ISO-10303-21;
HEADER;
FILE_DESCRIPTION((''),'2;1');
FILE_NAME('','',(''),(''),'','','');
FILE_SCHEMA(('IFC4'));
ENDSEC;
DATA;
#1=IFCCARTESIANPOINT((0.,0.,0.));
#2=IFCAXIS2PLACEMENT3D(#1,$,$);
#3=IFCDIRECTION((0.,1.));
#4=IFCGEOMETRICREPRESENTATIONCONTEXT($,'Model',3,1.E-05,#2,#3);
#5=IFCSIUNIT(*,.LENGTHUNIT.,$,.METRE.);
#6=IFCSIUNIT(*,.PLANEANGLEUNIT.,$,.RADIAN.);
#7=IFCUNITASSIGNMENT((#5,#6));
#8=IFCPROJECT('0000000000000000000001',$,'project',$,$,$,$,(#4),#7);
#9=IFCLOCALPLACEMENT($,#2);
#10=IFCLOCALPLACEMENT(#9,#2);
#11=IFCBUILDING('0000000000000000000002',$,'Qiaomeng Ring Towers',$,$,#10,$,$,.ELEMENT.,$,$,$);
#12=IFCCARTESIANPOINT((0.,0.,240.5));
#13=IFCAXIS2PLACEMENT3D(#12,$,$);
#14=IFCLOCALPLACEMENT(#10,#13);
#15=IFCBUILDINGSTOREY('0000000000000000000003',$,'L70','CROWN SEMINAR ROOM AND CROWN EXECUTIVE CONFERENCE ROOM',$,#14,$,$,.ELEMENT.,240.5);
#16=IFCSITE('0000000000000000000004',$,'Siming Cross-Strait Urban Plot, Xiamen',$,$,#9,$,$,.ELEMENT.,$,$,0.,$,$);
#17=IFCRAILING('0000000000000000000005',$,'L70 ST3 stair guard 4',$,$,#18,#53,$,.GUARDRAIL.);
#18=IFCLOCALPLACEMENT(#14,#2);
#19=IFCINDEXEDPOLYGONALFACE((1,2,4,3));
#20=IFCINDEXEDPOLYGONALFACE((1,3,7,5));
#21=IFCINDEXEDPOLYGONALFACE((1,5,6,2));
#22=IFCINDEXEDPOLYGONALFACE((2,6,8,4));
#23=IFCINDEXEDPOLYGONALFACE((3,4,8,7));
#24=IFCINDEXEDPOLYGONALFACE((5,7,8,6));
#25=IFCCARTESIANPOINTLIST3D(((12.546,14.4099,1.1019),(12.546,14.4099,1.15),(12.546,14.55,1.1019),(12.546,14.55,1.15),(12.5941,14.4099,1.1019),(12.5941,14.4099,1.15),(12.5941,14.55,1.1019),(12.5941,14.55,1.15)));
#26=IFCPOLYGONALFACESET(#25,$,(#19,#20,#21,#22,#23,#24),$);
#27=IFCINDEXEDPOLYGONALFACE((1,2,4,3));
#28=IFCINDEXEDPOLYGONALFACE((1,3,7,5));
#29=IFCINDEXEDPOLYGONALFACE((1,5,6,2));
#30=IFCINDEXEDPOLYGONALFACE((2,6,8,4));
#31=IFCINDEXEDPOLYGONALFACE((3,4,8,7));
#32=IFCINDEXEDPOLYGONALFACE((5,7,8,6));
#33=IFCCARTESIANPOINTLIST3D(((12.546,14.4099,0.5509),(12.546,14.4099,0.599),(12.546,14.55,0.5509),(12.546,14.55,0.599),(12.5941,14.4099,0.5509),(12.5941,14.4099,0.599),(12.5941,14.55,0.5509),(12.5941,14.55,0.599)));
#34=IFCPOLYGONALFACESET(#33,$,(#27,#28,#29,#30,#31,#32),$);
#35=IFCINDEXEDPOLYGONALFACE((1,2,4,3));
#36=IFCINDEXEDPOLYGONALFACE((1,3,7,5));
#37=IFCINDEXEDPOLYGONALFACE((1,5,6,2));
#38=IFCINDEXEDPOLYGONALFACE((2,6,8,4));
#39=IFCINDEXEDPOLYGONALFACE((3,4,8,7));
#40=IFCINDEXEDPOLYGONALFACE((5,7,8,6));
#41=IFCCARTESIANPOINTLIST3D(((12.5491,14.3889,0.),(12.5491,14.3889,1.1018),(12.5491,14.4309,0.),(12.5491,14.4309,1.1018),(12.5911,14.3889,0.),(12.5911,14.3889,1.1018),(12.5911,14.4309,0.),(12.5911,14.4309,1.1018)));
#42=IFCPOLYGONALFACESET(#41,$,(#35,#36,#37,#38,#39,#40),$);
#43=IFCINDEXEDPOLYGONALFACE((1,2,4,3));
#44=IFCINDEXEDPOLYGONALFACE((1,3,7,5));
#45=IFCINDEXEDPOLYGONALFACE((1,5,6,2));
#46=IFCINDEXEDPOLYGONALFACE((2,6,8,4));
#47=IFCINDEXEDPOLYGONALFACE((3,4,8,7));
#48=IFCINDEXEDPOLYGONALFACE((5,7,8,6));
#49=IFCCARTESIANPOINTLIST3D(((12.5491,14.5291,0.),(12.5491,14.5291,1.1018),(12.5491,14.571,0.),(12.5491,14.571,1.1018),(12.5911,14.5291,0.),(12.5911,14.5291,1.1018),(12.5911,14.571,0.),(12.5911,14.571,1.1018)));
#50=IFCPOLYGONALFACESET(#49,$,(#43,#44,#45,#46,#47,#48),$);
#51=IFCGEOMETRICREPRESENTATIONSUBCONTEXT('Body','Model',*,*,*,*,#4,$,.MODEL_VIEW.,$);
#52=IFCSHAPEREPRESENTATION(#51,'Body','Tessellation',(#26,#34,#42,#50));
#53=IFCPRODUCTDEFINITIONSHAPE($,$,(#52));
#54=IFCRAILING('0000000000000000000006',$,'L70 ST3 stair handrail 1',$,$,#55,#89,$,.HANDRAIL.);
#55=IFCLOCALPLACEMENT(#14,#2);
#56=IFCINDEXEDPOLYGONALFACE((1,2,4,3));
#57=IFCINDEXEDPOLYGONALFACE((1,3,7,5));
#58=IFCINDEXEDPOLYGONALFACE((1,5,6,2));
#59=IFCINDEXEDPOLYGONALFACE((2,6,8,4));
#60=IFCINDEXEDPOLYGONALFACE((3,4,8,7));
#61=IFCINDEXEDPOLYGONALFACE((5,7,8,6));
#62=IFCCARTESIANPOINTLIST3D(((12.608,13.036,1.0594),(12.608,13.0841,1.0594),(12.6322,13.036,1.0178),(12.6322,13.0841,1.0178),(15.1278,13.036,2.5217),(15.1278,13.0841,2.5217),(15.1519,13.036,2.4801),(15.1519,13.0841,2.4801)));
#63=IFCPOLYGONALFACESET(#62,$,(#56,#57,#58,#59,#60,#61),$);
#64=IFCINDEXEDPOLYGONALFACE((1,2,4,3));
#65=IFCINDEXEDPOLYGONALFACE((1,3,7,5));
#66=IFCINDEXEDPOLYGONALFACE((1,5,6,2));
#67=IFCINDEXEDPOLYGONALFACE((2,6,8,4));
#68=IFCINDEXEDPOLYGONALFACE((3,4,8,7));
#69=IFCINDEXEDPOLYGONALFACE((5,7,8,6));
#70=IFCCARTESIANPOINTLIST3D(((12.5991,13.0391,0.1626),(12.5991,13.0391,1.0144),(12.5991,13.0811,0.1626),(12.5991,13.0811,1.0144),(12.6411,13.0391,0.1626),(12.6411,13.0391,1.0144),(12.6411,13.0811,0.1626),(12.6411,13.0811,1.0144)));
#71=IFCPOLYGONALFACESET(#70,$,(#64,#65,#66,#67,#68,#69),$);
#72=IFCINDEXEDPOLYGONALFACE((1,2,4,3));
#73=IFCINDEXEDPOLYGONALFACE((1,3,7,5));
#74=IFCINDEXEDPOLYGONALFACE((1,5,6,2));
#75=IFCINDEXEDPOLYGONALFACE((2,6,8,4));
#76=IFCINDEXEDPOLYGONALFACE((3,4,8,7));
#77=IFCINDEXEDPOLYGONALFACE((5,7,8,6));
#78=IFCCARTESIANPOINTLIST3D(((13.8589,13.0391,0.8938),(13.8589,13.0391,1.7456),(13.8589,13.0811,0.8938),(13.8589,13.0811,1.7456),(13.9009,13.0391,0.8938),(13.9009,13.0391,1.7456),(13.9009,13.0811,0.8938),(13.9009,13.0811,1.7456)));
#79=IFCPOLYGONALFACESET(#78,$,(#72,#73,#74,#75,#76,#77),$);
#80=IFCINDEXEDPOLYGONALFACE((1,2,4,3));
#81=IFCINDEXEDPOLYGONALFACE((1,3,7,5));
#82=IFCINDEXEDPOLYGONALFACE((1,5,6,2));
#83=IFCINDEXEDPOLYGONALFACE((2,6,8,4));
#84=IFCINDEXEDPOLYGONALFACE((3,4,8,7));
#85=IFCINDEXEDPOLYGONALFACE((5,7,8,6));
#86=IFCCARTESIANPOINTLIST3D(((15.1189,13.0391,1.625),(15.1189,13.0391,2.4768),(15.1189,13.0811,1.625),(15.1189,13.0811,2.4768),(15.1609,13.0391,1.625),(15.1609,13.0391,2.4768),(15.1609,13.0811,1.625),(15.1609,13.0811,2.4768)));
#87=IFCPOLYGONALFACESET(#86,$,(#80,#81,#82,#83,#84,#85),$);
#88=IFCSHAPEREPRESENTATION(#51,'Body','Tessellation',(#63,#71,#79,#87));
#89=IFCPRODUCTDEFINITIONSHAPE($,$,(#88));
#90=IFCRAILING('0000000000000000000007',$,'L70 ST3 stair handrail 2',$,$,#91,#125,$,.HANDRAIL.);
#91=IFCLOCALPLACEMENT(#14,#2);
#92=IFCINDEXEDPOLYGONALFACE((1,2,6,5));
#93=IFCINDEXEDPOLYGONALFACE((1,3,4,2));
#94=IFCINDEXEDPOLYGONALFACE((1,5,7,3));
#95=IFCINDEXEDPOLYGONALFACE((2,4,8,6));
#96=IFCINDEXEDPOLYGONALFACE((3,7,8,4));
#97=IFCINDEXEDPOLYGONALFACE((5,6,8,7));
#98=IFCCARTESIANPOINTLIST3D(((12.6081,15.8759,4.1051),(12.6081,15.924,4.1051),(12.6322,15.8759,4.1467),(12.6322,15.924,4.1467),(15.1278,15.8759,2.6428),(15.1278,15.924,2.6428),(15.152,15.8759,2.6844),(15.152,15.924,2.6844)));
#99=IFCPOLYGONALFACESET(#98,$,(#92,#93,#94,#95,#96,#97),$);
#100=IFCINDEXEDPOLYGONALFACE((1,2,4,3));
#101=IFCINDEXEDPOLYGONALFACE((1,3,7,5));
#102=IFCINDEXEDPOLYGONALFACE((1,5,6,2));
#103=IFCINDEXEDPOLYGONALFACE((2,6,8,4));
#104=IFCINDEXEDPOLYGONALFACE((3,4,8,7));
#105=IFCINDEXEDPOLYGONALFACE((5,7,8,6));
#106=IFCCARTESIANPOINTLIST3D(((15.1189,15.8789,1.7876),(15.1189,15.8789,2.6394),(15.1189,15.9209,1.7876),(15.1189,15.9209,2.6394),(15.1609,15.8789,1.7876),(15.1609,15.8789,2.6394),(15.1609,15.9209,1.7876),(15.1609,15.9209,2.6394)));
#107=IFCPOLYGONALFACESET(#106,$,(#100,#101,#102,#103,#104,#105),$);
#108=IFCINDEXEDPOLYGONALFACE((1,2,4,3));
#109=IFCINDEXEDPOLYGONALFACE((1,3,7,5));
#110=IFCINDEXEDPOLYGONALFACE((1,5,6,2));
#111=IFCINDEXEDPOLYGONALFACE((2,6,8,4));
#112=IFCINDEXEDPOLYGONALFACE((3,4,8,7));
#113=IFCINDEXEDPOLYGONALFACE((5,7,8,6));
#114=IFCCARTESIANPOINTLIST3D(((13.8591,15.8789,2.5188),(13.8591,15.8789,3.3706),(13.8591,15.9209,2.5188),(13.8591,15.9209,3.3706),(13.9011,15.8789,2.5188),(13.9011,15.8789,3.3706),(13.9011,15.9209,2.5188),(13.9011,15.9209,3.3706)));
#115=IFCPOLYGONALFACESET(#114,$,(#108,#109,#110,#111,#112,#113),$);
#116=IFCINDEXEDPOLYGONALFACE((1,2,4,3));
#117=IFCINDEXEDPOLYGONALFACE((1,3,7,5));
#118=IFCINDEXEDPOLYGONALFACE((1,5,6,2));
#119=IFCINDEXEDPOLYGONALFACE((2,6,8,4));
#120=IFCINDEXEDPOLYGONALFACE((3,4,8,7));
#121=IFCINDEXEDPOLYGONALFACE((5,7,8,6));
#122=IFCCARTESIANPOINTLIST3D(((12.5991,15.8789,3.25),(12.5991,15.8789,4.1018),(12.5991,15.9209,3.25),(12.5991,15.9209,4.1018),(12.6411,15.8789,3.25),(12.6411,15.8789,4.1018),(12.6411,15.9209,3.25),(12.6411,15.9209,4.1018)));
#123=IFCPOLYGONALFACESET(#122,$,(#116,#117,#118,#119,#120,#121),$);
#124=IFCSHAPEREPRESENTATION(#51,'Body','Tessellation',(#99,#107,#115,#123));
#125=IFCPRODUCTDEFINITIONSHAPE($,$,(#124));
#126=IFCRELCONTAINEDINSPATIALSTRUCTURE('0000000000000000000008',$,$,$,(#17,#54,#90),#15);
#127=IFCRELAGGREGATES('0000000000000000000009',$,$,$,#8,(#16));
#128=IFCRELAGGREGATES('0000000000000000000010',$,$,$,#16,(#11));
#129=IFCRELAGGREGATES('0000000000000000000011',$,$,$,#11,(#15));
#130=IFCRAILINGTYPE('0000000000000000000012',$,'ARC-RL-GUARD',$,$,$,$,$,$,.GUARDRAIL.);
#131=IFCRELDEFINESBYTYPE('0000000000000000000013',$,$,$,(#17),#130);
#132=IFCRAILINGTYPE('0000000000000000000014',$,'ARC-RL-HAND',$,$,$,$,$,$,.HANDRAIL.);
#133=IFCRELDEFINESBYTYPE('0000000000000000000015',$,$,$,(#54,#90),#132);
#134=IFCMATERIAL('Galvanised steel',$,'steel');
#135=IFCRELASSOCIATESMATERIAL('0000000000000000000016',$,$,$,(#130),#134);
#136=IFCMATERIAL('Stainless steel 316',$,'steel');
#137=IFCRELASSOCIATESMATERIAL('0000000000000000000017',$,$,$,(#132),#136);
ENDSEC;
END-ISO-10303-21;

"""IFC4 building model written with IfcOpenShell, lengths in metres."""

from ifc_helpers import new_model, si_unit, direction, frame, origin, origin_2d, place, context, subcontext, project, spatial, rectangle, extrude, material, type_object, element, save


model = new_model("IFC4")

# Units and contexts
model_context = context("Model", 3, precision=1e-05, world=origin(), true_north=direction((0.0, 1.0)))
body_context = subcontext(model_context, "Body", "Model", "MODEL_VIEW")
ifc_project = project(units=[si_unit("LENGTHUNIT", "METRE"), si_unit("PLANEANGLEUNIT", "RADIAN")], contexts=[model_context])

# Site, building, storey
site_placement = place(None, origin())
site = spatial("IfcSite", under=ifc_project, at=site_placement, Name="Siming Cross-Strait Urban Plot, Xiamen", CompositionType="ELEMENT", RefElevation=0.0)
building_placement = place(site_placement, origin())
building = spatial("IfcBuilding", under=site, at=building_placement, Name="Qiaomeng Ring Towers", CompositionType="ELEMENT")
storey_placement = place(building_placement, frame((0.0, 0.0, 240.5)))
storey = spatial("IfcBuildingStorey", under=building, at=storey_placement, Name="L70", Description="CROWN SEMINAR ROOM AND CROWN EXECUTIVE CONFERENCE ROOM", CompositionType="ELEMENT", Elevation=240.5)

# Railings
ifc_material_1 = material(Name="Galvanised steel", Category="steel")
railing_type_1 = type_object("IfcRailingType", Name="ARC-RL-GUARD", PredefinedType="GUARDRAIL", material=ifc_material_1)
railing_1_placement = place(storey_placement, frame((12.5701, 14.4099, 0.0)))
element("IfcRailing", 1, at=railing_1_placement, inside=storey, type_object=railing_type_1, Name="L70 ST3 stair guard 4", PredefinedType="GUARDRAIL", context=body_context, shape_type="SweptSolid", body=[
    extrude(rectangle(XDim=0.0481, YDim=0.0481, at=origin_2d()), frame((0.0, 0.0, 1.126), z_axis=(0.0, 1.0, 0.0), x_axis=(-1.0, 0.0, 0.0)), (0.0, 0.0, 1.0), 0.1401),
    extrude(rectangle(XDim=0.0481, YDim=0.0481, at=origin_2d()), frame((0.0, 0.0, 0.575), z_axis=(0.0, 1.0, 0.0), x_axis=(-1.0, 0.0, 0.0)), (0.0, 0.0, 1.0), 0.1401),
    extrude(rectangle(XDim=0.042, YDim=0.042, at=origin_2d()), origin(), (0.0, 0.0, 1.0), 1.1018),
    extrude(rectangle(XDim=0.042, YDim=0.042, at=origin_2d()), frame((0.0, 0.1401, 0.0)), (0.0, 0.0, 1.0), 1.1018),
])
ifc_material_2 = material(Name="Stainless steel 316", Category="steel")
railing_type_2 = type_object("IfcRailingType", Name="ARC-RL-HAND", PredefinedType="HANDRAIL", material=ifc_material_2)
railing_2_placement = place(storey_placement, frame((12.6201, 13.0601, 0.1626)))
element("IfcRailing", 2, at=railing_2_placement, inside=storey, type_object=railing_type_2, Name="L70 ST3 stair handrail 1", PredefinedType="HANDRAIL", context=body_context, shape_type="SweptSolid", body=[
    extrude(rectangle(XDim=0.0481, YDim=0.0481, at=origin_2d()), frame((0.0, 0.0, 0.876), z_axis=(0.864892, 0.0, 0.501958), x_axis=(0.0, 1.0, 0.0)), (0.0, 0.0, 1.0), 2.9133),
    extrude(rectangle(XDim=0.042, YDim=0.042, at=origin_2d()), origin(), (0.0, 0.0, 1.0), 0.8518),
    extrude(rectangle(XDim=0.042, YDim=0.042, at=origin_2d()), frame((1.2598, 0.0, 0.7312)), (0.0, 0.0, 1.0), 0.8518),
    extrude(rectangle(XDim=0.042, YDim=0.042, at=origin_2d()), frame((2.5198, 0.0, 1.4624)), (0.0, 0.0, 1.0), 0.8518),
])
railing_3_placement = place(storey_placement, frame((15.1399, 15.8999, 1.7876)))
element("IfcRailing", 3, at=railing_3_placement, inside=storey, type_object=railing_type_2, Name="L70 ST3 stair handrail 2", PredefinedType="HANDRAIL", context=body_context, shape_type="SweptSolid", body=[
    extrude(rectangle(XDim=0.0481, YDim=0.0481, at=origin_2d()), frame((0.0, 0.0, 0.876), z_axis=(-0.864892, 0.0, 0.501958), x_axis=(0.0, -1.0, 0.0)), (0.0, 0.0, 1.0), 2.9133),
    extrude(rectangle(XDim=0.042, YDim=0.042, at=origin_2d()), origin(), (0.0, 0.0, 1.0), 0.8518),
    extrude(rectangle(XDim=0.042, YDim=0.042, at=origin_2d()), frame((-1.2598, 0.0, 0.7312)), (0.0, 0.0, 1.0), 0.8518),
    extrude(rectangle(XDim=0.042, YDim=0.042, at=origin_2d()), frame((-2.5198, 0.0, 1.4624)), (0.0, 0.0, 1.0), 0.8518),
])

save(model, "model.ifc")
